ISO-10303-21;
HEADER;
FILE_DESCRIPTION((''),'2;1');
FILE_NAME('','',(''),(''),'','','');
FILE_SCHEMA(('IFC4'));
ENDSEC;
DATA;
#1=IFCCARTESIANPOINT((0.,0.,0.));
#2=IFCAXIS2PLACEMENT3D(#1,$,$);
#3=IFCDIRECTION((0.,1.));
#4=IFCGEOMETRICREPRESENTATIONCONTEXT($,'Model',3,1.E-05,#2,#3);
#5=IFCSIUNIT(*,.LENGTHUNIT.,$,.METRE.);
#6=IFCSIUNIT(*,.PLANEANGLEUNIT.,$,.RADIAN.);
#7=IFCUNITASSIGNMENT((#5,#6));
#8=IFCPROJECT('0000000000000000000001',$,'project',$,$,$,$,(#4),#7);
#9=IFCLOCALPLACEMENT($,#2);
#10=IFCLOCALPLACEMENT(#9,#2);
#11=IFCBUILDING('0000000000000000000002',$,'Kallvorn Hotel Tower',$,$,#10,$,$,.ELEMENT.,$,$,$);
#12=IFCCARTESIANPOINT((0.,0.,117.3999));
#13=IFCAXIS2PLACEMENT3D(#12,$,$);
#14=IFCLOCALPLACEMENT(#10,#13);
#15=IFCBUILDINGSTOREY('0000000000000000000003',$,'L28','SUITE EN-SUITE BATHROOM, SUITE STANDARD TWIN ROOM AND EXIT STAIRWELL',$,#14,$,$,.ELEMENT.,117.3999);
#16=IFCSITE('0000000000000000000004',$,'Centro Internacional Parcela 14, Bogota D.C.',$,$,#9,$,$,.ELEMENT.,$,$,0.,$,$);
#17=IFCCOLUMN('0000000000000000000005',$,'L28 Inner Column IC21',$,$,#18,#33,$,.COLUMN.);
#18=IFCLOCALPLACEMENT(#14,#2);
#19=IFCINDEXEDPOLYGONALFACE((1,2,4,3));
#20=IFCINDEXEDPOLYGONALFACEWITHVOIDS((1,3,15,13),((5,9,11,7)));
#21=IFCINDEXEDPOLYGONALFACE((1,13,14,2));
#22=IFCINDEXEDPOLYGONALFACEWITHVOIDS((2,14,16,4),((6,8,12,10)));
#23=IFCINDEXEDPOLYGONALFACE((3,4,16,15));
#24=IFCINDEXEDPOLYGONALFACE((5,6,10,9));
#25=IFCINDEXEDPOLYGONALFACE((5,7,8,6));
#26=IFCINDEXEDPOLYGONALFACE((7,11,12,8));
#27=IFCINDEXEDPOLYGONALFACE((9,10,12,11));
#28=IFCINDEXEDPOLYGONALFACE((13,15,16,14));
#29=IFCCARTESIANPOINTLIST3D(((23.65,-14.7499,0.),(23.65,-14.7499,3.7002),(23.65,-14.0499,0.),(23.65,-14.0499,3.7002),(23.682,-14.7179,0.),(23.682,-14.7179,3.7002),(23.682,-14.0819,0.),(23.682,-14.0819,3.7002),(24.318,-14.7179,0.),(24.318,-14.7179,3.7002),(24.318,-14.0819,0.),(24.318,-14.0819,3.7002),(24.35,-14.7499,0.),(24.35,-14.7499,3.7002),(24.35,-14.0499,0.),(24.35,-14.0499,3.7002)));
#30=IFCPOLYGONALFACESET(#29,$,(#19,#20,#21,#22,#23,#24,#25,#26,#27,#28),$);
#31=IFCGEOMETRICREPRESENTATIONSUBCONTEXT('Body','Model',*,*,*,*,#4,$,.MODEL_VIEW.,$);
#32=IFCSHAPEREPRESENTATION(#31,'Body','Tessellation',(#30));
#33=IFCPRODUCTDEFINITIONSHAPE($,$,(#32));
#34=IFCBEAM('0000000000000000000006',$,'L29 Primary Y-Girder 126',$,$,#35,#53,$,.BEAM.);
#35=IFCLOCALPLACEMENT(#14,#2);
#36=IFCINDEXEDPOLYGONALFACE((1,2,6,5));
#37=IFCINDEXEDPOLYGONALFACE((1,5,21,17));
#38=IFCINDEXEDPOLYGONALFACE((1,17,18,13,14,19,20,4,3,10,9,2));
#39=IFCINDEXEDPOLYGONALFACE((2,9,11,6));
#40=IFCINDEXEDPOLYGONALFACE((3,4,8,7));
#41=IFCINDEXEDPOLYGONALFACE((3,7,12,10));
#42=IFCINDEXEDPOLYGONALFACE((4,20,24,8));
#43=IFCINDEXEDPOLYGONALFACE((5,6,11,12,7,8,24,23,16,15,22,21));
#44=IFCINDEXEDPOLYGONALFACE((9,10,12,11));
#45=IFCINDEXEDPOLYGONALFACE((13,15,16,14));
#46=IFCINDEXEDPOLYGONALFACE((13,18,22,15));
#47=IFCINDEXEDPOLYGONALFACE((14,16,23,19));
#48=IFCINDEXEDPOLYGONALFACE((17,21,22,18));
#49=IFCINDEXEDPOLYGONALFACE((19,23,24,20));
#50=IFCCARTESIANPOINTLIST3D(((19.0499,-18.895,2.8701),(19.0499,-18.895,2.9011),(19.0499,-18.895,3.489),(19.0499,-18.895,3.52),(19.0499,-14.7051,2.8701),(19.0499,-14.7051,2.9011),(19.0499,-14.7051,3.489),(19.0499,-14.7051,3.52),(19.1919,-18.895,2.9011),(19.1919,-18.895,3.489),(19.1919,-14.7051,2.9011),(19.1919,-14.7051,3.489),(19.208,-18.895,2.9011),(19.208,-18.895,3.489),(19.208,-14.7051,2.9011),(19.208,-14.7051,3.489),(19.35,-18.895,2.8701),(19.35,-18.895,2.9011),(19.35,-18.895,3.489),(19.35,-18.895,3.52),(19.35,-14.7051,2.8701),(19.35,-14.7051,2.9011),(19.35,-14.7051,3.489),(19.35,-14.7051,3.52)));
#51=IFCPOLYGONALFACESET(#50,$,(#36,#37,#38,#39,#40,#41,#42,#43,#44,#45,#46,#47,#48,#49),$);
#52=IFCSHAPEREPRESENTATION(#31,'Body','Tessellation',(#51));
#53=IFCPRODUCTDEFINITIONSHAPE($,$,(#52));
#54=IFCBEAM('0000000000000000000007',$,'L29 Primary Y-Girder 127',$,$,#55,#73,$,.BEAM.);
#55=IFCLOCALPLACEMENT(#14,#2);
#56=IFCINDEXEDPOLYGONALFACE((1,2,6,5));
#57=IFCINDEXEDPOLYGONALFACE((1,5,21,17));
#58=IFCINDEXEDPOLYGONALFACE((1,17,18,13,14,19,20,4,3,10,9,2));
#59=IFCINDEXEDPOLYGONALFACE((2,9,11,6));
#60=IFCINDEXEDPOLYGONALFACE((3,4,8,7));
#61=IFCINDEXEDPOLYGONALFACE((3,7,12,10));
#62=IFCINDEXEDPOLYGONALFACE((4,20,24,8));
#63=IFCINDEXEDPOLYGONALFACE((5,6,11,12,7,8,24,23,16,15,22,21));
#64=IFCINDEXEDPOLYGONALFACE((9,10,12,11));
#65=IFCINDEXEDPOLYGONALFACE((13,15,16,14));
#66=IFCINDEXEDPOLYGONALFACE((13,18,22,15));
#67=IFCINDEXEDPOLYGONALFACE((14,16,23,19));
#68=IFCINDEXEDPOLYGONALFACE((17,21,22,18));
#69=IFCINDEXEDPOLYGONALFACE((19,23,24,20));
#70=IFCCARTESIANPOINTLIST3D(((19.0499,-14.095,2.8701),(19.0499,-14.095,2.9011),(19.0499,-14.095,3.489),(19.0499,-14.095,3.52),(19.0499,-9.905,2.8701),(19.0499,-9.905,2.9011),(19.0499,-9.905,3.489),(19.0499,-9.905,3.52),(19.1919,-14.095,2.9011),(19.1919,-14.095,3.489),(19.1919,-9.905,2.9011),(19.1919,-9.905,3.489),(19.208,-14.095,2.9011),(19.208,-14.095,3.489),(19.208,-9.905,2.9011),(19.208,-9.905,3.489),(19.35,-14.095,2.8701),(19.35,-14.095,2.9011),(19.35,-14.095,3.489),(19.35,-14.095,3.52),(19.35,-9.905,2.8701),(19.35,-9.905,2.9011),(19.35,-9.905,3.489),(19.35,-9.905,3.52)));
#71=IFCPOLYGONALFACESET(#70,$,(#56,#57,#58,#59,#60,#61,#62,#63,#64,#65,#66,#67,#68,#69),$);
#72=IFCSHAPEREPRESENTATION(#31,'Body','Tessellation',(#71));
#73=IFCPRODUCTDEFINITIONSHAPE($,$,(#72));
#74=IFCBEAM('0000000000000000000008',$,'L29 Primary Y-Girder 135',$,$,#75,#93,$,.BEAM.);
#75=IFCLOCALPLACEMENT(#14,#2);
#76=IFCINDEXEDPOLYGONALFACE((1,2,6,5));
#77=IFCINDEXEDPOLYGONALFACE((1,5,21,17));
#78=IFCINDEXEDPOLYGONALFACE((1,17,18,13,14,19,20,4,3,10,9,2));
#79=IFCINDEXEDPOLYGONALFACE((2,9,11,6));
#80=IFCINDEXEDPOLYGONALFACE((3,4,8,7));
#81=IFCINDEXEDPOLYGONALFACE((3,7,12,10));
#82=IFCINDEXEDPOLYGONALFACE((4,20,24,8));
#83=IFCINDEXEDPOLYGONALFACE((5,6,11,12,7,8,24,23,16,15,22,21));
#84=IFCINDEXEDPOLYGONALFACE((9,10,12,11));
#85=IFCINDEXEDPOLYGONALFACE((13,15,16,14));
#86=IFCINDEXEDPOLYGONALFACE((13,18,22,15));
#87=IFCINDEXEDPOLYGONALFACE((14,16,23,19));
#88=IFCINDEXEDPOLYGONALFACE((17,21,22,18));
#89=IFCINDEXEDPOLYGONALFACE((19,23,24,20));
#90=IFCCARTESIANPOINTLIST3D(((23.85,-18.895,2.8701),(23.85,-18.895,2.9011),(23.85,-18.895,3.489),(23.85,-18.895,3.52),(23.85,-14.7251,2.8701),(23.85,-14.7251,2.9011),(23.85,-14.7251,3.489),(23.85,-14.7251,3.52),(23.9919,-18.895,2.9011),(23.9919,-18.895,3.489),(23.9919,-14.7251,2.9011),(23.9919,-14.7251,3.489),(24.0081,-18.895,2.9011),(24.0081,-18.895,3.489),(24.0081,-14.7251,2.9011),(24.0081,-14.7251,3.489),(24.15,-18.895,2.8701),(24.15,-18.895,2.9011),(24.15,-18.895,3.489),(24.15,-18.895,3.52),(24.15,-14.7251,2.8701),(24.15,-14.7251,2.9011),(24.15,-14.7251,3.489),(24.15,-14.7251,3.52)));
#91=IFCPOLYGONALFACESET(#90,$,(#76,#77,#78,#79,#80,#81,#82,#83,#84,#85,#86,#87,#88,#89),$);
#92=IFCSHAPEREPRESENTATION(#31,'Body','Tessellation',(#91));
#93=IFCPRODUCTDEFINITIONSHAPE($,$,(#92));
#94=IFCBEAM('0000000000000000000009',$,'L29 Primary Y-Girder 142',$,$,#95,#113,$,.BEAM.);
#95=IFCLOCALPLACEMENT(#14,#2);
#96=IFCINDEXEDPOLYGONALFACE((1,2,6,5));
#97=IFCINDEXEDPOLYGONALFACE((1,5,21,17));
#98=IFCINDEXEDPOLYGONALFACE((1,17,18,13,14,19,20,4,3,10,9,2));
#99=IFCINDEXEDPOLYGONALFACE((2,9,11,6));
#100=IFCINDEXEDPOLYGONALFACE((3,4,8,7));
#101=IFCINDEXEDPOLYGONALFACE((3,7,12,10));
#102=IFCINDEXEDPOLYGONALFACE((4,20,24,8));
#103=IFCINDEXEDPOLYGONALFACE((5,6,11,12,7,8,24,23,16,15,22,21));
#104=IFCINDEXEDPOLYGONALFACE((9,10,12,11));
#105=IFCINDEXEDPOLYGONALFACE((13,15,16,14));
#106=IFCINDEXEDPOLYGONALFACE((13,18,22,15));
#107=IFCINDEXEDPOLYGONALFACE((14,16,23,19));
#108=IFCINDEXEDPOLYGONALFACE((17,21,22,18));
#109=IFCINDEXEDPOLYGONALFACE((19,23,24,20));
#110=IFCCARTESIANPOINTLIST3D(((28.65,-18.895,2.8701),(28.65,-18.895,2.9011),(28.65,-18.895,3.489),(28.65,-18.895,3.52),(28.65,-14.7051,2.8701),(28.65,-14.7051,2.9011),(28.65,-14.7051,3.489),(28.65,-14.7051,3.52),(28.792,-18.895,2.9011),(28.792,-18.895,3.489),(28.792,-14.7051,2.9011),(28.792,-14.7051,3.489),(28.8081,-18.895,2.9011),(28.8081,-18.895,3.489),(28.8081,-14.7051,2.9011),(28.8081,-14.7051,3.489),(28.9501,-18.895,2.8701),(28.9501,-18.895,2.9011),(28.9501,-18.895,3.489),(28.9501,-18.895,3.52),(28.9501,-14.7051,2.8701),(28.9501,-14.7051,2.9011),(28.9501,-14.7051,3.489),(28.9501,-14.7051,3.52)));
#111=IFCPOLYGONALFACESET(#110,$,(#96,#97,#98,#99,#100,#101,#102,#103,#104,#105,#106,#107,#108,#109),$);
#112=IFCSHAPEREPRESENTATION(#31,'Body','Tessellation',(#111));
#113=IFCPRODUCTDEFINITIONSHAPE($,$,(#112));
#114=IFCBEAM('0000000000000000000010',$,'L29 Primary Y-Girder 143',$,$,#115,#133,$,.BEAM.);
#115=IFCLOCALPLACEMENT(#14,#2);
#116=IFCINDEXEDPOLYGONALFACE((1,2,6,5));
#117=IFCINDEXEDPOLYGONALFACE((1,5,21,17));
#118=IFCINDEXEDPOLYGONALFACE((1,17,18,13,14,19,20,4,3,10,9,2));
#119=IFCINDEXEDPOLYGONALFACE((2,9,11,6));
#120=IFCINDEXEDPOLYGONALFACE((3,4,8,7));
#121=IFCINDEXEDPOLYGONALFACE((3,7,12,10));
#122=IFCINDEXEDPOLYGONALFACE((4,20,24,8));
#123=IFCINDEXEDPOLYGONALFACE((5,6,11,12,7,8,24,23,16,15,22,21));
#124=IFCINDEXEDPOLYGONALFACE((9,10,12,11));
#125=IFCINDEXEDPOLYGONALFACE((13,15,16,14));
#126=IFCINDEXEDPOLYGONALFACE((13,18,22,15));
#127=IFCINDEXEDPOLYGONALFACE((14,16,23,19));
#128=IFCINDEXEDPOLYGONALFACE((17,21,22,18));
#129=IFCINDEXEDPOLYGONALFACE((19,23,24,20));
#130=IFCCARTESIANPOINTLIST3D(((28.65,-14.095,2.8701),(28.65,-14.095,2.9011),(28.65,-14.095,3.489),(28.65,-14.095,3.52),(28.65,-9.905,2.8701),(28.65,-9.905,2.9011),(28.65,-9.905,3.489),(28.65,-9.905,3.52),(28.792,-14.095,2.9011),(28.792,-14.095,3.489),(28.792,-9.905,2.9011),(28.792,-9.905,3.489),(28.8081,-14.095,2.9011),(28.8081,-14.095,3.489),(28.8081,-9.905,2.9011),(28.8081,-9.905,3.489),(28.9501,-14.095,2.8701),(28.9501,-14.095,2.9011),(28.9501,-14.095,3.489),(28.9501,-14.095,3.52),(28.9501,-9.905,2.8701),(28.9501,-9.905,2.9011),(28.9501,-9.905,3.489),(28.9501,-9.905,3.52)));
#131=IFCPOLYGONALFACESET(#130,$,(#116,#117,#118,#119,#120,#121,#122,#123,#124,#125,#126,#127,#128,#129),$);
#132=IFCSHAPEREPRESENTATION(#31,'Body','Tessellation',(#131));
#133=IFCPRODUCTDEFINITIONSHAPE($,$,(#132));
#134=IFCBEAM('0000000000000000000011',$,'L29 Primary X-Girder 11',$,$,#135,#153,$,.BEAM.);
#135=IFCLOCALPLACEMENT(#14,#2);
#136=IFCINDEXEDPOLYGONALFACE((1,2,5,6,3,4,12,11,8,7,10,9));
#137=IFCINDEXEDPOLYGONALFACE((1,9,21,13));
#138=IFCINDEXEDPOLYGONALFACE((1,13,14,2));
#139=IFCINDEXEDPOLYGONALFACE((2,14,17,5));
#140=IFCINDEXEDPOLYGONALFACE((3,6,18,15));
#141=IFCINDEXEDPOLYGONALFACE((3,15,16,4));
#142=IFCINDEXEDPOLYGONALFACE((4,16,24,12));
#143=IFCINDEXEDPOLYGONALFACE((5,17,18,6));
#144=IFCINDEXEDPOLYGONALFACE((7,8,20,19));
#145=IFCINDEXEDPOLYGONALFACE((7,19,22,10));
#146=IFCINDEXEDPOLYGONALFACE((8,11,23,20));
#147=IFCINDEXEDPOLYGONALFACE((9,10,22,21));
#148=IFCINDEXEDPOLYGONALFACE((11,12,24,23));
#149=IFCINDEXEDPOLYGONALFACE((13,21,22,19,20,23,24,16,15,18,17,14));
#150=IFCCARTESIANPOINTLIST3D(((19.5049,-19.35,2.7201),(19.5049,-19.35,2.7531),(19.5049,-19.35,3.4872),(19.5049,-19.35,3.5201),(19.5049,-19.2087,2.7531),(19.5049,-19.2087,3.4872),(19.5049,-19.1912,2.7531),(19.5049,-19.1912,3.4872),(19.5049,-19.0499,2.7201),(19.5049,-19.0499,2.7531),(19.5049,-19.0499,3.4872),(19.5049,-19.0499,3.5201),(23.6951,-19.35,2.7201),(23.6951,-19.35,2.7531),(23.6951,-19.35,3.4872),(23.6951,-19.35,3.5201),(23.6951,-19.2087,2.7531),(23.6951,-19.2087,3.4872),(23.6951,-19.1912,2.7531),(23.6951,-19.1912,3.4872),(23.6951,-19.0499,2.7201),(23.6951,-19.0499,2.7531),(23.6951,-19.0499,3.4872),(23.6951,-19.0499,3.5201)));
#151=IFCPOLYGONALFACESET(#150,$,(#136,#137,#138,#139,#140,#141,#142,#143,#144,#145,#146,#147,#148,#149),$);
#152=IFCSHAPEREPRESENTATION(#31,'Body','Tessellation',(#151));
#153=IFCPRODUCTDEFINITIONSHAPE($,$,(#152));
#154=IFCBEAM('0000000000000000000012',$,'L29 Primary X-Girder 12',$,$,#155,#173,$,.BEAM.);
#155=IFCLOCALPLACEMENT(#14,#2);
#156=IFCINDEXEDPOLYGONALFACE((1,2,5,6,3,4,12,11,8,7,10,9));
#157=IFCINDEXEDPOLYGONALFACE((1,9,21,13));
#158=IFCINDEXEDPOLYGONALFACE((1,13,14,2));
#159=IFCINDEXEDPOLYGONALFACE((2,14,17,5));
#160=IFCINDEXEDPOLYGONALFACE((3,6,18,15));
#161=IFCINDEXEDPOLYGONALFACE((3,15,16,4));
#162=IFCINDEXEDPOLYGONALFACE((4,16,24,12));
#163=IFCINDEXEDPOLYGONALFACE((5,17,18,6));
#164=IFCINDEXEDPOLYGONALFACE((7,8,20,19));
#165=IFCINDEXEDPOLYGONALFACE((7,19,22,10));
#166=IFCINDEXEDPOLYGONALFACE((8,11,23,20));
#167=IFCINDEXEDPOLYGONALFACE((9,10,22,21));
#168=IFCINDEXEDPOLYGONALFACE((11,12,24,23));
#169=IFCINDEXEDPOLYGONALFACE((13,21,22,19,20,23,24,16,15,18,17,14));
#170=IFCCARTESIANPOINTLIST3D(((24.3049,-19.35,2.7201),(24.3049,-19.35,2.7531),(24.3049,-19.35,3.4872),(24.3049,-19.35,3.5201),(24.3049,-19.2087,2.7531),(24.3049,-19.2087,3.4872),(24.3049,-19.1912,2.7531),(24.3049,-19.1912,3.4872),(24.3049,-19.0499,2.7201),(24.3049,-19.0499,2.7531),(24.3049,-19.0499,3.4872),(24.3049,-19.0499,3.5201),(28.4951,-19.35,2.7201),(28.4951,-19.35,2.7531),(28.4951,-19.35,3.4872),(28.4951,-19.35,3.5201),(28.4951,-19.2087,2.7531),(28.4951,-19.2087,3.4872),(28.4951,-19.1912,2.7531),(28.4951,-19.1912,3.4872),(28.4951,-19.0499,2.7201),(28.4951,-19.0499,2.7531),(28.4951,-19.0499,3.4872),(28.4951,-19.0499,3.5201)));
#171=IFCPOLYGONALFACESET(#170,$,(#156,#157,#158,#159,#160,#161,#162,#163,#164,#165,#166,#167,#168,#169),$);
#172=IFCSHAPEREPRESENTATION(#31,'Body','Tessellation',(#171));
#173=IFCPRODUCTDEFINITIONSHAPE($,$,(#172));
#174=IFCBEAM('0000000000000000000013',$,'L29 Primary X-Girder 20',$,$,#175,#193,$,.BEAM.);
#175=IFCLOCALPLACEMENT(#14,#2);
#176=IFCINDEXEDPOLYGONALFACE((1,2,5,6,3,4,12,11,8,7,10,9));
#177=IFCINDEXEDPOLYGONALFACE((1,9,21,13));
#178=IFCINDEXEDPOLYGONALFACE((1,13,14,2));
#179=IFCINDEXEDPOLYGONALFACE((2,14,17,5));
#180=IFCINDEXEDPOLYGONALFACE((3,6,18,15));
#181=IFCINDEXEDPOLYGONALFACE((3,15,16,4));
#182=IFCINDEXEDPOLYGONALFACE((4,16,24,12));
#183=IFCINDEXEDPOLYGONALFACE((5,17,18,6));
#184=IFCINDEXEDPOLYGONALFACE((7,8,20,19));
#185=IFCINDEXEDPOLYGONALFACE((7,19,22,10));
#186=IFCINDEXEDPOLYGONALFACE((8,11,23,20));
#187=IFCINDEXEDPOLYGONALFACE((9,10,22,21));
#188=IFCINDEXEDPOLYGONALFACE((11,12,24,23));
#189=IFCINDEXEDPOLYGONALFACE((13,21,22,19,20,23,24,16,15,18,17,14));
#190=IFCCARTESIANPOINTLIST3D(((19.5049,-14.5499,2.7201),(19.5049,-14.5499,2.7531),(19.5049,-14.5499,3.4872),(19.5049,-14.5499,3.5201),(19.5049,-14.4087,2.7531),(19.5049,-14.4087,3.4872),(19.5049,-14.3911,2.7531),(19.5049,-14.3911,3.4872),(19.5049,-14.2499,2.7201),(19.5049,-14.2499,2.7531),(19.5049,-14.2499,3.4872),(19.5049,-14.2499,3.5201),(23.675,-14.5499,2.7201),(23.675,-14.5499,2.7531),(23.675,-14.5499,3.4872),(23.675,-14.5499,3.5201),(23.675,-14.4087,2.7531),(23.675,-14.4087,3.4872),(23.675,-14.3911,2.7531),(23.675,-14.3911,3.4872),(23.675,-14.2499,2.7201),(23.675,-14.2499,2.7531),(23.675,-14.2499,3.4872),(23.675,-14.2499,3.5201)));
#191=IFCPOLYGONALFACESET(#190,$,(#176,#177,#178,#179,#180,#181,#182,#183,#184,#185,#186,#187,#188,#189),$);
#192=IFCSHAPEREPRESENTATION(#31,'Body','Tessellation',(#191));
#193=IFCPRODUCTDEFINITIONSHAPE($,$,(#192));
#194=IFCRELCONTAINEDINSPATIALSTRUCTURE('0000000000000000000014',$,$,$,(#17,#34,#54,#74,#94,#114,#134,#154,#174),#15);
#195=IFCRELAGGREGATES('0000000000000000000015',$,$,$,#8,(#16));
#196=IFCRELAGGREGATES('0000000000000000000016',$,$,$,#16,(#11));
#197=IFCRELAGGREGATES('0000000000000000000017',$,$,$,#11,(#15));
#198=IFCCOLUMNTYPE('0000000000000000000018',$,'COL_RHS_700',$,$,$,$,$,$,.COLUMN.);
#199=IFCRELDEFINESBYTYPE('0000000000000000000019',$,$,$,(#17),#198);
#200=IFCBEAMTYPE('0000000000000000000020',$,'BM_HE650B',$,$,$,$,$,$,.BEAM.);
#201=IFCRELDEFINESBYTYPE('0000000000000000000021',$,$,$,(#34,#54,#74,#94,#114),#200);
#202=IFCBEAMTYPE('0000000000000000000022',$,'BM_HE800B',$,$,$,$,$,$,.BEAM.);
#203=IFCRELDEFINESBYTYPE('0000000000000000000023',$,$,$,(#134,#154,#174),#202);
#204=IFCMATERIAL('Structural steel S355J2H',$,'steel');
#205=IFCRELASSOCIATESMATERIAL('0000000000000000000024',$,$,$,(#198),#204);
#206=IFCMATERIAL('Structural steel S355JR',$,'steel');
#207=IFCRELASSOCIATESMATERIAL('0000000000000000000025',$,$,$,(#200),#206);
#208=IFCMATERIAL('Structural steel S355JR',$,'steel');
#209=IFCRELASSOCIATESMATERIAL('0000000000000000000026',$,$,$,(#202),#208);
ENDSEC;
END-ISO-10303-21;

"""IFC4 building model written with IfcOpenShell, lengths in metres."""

from ifc_helpers import new_model, si_unit, direction, frame, origin, origin_2d, place, context, subcontext, project, spatial, hollow_rectangle, i_section, extrude, material, material_profile, profile_set, type_object, element, save


model = new_model("IFC4")

# Units and contexts
model_context = context("Model", 3, precision=1e-05, world=origin(), true_north=direction((0.0, 1.0)))
body_context = subcontext(model_context, "Body", "Model", "MODEL_VIEW")
ifc_project = project(units=[si_unit("LENGTHUNIT", "METRE"), si_unit("PLANEANGLEUNIT", "RADIAN")], contexts=[model_context])

# Site, building, storey
site_placement = place(None, origin())
site = spatial("IfcSite", under=ifc_project, at=site_placement, Name="Centro Internacional Parcela 14, Bogota D.C.", CompositionType="ELEMENT", RefElevation=0.0)
building_placement = place(site_placement, origin())
building = spatial("IfcBuilding", under=site, at=building_placement, Name="Kallvorn Hotel Tower", CompositionType="ELEMENT")
storey_placement = place(building_placement, frame((0.0, 0.0, 117.3999)))
storey = spatial("IfcBuildingStorey", under=building, at=storey_placement, Name="L28", Description="SUITE EN-SUITE BATHROOM, SUITE STANDARD TWIN ROOM AND EXIT STAIRWELL", CompositionType="ELEMENT", Elevation=117.3999)

# Column
ifc_material_1 = material(Name="Structural steel S355J2H", Category="steel")
ifc_material_profile_1 = material_profile(ifc_material_1, hollow_rectangle(XDim=0.7, YDim=0.7, WallThickness=0.032, at=origin_2d()), Name="RHS 700x700x32")
ifc_profile_set_1 = profile_set([ifc_material_profile_1], Name="Structural steel S355J2H")
column_type_1 = type_object("IfcColumnType", Name="COL_RHS_700", PredefinedType="COLUMN", material=ifc_profile_set_1)
column_placement = place(storey_placement, frame((24.0, -14.3999, 0.0), z_axis=(0.0, 0.0, 1.0), x_axis=(1.0, 0.0, 0.0)))
element("IfcColumn", 1, at=column_placement, inside=storey, type_object=column_type_1, Name="L28 Inner Column IC21", PredefinedType="COLUMN", context=body_context, shape_type="SweptSolid", body=[
    extrude(hollow_rectangle(XDim=0.7, YDim=0.7, WallThickness=0.032, at=origin_2d()), origin(), (0.0, 0.0, 1.0), 3.7002),
])

# Beams
ifc_material_2 = material(Name="Structural steel S355JR", Category="steel")
ifc_material_profile_2 = material_profile(ifc_material_2, i_section(OverallWidth=0.3, OverallDepth=0.6499, WebThickness=0.0161, FlangeThickness=0.031, at=origin_2d()), Name="HE 650 B")
ifc_profile_set_2 = profile_set([ifc_material_profile_2], Name="Structural steel S355JR")
beam_type_1 = type_object("IfcBeamType", Name="BM_HE650B", PredefinedType="BEAM", material=ifc_profile_set_2)
for number, where, z_axis, x_axis, name in (
    (2, (19.2, -18.895, 3.1951), (0.0, 1.0, 0.0), (-1.0, 0.0, 0.0), "L29 Primary Y-Girder 126"),
    (3, (19.2, -14.095, 3.1951), (0.0, 1.0, 0.0), (-1.0, 0.0, 0.0), "L29 Primary Y-Girder 127"),
):
    element("IfcBeam", number, at=place(storey_placement, frame(where, z_axis=z_axis, x_axis=x_axis)), inside=storey, type_object=beam_type_1, Name=name, PredefinedType="BEAM", context=body_context, shape_type="SweptSolid", body=[
        extrude(i_section(OverallWidth=0.3, OverallDepth=0.6499, WebThickness=0.0161, FlangeThickness=0.031, at=origin_2d()), origin(), (0.0, 0.0, 1.0), 4.1899),
    ])
beam_1_placement = place(storey_placement, frame((24.0, -18.895, 3.1951), z_axis=(0.0, 1.0, 0.0), x_axis=(-1.0, 0.0, 0.0)))
element("IfcBeam", 4, at=beam_1_placement, inside=storey, type_object=beam_type_1, Name="L29 Primary Y-Girder 135", PredefinedType="BEAM", context=body_context, shape_type="SweptSolid", body=[
    extrude(i_section(OverallWidth=0.3, OverallDepth=0.6499, WebThickness=0.0161, FlangeThickness=0.031, at=origin_2d()), origin(), (0.0, 0.0, 1.0), 4.1699),
])
for number, where, z_axis, x_axis, name in (
    (5, (28.8, -18.895, 3.1951), (0.0, 1.0, 0.0), (-1.0, 0.0, 0.0), "L29 Primary Y-Girder 142"),
    (6, (28.8, -14.095, 3.1951), (0.0, 1.0, 0.0), (-1.0, 0.0, 0.0), "L29 Primary Y-Girder 143"),
):
    element("IfcBeam", number, at=place(storey_placement, frame(where, z_axis=z_axis, x_axis=x_axis)), inside=storey, type_object=beam_type_1, Name=name, PredefinedType="BEAM", context=body_context, shape_type="SweptSolid", body=[
        extrude(i_section(OverallWidth=0.3, OverallDepth=0.6499, WebThickness=0.0161, FlangeThickness=0.031, at=origin_2d()), origin(), (0.0, 0.0, 1.0), 4.1899),
    ])
ifc_material_3 = material(Name="Structural steel S355JR", Category="steel")
ifc_material_profile_3 = material_profile(ifc_material_3, i_section(OverallWidth=0.3, OverallDepth=0.8, WebThickness=0.0176, FlangeThickness=0.033, at=origin_2d()), Name="HE 800 B")
ifc_profile_set_3 = profile_set([ifc_material_profile_3], Name="Structural steel S355JR")
beam_type_2 = type_object("IfcBeamType", Name="BM_HE800B", PredefinedType="BEAM", material=ifc_profile_set_3)
for number, where, z_axis, x_axis, name in (
    (7, (19.5049, -19.2, 3.1201), (1.0, 0.0, 0.0), (0.0, 1.0, 0.0), "L29 Primary X-Girder 11"),
    (8, (24.3049, -19.2, 3.1201), (1.0, 0.0, 0.0), (0.0, 1.0, 0.0), "L29 Primary X-Girder 12"),
):
    element("IfcBeam", number, at=place(storey_placement, frame(where, z_axis=z_axis, x_axis=x_axis)), inside=storey, type_object=beam_type_2, Name=name, PredefinedType="BEAM", context=body_context, shape_type="SweptSolid", body=[
        extrude(i_section(OverallWidth=0.3, OverallDepth=0.8, WebThickness=0.0176, FlangeThickness=0.033, at=origin_2d()), origin(), (0.0, 0.0, 1.0), 4.1902),
    ])
for number, where, z_axis, x_axis, name in (
    (9, (19.5049, -14.3999, 3.1201), (1.0, 0.0, 0.0), (0.0, 1.0, 0.0), "L29 Primary X-Girder 20"),
):
    element("IfcBeam", number, at=place(storey_placement, frame(where, z_axis=z_axis, x_axis=x_axis)), inside=storey, type_object=beam_type_2, Name=name, PredefinedType="BEAM", context=body_context, shape_type="SweptSolid", body=[
        extrude(i_section(OverallWidth=0.3, OverallDepth=0.8, WebThickness=0.0176, FlangeThickness=0.033, at=origin_2d()), origin(), (0.0, 0.0, 1.0), 4.1702),
    ])

save(model, "model.ifc")
